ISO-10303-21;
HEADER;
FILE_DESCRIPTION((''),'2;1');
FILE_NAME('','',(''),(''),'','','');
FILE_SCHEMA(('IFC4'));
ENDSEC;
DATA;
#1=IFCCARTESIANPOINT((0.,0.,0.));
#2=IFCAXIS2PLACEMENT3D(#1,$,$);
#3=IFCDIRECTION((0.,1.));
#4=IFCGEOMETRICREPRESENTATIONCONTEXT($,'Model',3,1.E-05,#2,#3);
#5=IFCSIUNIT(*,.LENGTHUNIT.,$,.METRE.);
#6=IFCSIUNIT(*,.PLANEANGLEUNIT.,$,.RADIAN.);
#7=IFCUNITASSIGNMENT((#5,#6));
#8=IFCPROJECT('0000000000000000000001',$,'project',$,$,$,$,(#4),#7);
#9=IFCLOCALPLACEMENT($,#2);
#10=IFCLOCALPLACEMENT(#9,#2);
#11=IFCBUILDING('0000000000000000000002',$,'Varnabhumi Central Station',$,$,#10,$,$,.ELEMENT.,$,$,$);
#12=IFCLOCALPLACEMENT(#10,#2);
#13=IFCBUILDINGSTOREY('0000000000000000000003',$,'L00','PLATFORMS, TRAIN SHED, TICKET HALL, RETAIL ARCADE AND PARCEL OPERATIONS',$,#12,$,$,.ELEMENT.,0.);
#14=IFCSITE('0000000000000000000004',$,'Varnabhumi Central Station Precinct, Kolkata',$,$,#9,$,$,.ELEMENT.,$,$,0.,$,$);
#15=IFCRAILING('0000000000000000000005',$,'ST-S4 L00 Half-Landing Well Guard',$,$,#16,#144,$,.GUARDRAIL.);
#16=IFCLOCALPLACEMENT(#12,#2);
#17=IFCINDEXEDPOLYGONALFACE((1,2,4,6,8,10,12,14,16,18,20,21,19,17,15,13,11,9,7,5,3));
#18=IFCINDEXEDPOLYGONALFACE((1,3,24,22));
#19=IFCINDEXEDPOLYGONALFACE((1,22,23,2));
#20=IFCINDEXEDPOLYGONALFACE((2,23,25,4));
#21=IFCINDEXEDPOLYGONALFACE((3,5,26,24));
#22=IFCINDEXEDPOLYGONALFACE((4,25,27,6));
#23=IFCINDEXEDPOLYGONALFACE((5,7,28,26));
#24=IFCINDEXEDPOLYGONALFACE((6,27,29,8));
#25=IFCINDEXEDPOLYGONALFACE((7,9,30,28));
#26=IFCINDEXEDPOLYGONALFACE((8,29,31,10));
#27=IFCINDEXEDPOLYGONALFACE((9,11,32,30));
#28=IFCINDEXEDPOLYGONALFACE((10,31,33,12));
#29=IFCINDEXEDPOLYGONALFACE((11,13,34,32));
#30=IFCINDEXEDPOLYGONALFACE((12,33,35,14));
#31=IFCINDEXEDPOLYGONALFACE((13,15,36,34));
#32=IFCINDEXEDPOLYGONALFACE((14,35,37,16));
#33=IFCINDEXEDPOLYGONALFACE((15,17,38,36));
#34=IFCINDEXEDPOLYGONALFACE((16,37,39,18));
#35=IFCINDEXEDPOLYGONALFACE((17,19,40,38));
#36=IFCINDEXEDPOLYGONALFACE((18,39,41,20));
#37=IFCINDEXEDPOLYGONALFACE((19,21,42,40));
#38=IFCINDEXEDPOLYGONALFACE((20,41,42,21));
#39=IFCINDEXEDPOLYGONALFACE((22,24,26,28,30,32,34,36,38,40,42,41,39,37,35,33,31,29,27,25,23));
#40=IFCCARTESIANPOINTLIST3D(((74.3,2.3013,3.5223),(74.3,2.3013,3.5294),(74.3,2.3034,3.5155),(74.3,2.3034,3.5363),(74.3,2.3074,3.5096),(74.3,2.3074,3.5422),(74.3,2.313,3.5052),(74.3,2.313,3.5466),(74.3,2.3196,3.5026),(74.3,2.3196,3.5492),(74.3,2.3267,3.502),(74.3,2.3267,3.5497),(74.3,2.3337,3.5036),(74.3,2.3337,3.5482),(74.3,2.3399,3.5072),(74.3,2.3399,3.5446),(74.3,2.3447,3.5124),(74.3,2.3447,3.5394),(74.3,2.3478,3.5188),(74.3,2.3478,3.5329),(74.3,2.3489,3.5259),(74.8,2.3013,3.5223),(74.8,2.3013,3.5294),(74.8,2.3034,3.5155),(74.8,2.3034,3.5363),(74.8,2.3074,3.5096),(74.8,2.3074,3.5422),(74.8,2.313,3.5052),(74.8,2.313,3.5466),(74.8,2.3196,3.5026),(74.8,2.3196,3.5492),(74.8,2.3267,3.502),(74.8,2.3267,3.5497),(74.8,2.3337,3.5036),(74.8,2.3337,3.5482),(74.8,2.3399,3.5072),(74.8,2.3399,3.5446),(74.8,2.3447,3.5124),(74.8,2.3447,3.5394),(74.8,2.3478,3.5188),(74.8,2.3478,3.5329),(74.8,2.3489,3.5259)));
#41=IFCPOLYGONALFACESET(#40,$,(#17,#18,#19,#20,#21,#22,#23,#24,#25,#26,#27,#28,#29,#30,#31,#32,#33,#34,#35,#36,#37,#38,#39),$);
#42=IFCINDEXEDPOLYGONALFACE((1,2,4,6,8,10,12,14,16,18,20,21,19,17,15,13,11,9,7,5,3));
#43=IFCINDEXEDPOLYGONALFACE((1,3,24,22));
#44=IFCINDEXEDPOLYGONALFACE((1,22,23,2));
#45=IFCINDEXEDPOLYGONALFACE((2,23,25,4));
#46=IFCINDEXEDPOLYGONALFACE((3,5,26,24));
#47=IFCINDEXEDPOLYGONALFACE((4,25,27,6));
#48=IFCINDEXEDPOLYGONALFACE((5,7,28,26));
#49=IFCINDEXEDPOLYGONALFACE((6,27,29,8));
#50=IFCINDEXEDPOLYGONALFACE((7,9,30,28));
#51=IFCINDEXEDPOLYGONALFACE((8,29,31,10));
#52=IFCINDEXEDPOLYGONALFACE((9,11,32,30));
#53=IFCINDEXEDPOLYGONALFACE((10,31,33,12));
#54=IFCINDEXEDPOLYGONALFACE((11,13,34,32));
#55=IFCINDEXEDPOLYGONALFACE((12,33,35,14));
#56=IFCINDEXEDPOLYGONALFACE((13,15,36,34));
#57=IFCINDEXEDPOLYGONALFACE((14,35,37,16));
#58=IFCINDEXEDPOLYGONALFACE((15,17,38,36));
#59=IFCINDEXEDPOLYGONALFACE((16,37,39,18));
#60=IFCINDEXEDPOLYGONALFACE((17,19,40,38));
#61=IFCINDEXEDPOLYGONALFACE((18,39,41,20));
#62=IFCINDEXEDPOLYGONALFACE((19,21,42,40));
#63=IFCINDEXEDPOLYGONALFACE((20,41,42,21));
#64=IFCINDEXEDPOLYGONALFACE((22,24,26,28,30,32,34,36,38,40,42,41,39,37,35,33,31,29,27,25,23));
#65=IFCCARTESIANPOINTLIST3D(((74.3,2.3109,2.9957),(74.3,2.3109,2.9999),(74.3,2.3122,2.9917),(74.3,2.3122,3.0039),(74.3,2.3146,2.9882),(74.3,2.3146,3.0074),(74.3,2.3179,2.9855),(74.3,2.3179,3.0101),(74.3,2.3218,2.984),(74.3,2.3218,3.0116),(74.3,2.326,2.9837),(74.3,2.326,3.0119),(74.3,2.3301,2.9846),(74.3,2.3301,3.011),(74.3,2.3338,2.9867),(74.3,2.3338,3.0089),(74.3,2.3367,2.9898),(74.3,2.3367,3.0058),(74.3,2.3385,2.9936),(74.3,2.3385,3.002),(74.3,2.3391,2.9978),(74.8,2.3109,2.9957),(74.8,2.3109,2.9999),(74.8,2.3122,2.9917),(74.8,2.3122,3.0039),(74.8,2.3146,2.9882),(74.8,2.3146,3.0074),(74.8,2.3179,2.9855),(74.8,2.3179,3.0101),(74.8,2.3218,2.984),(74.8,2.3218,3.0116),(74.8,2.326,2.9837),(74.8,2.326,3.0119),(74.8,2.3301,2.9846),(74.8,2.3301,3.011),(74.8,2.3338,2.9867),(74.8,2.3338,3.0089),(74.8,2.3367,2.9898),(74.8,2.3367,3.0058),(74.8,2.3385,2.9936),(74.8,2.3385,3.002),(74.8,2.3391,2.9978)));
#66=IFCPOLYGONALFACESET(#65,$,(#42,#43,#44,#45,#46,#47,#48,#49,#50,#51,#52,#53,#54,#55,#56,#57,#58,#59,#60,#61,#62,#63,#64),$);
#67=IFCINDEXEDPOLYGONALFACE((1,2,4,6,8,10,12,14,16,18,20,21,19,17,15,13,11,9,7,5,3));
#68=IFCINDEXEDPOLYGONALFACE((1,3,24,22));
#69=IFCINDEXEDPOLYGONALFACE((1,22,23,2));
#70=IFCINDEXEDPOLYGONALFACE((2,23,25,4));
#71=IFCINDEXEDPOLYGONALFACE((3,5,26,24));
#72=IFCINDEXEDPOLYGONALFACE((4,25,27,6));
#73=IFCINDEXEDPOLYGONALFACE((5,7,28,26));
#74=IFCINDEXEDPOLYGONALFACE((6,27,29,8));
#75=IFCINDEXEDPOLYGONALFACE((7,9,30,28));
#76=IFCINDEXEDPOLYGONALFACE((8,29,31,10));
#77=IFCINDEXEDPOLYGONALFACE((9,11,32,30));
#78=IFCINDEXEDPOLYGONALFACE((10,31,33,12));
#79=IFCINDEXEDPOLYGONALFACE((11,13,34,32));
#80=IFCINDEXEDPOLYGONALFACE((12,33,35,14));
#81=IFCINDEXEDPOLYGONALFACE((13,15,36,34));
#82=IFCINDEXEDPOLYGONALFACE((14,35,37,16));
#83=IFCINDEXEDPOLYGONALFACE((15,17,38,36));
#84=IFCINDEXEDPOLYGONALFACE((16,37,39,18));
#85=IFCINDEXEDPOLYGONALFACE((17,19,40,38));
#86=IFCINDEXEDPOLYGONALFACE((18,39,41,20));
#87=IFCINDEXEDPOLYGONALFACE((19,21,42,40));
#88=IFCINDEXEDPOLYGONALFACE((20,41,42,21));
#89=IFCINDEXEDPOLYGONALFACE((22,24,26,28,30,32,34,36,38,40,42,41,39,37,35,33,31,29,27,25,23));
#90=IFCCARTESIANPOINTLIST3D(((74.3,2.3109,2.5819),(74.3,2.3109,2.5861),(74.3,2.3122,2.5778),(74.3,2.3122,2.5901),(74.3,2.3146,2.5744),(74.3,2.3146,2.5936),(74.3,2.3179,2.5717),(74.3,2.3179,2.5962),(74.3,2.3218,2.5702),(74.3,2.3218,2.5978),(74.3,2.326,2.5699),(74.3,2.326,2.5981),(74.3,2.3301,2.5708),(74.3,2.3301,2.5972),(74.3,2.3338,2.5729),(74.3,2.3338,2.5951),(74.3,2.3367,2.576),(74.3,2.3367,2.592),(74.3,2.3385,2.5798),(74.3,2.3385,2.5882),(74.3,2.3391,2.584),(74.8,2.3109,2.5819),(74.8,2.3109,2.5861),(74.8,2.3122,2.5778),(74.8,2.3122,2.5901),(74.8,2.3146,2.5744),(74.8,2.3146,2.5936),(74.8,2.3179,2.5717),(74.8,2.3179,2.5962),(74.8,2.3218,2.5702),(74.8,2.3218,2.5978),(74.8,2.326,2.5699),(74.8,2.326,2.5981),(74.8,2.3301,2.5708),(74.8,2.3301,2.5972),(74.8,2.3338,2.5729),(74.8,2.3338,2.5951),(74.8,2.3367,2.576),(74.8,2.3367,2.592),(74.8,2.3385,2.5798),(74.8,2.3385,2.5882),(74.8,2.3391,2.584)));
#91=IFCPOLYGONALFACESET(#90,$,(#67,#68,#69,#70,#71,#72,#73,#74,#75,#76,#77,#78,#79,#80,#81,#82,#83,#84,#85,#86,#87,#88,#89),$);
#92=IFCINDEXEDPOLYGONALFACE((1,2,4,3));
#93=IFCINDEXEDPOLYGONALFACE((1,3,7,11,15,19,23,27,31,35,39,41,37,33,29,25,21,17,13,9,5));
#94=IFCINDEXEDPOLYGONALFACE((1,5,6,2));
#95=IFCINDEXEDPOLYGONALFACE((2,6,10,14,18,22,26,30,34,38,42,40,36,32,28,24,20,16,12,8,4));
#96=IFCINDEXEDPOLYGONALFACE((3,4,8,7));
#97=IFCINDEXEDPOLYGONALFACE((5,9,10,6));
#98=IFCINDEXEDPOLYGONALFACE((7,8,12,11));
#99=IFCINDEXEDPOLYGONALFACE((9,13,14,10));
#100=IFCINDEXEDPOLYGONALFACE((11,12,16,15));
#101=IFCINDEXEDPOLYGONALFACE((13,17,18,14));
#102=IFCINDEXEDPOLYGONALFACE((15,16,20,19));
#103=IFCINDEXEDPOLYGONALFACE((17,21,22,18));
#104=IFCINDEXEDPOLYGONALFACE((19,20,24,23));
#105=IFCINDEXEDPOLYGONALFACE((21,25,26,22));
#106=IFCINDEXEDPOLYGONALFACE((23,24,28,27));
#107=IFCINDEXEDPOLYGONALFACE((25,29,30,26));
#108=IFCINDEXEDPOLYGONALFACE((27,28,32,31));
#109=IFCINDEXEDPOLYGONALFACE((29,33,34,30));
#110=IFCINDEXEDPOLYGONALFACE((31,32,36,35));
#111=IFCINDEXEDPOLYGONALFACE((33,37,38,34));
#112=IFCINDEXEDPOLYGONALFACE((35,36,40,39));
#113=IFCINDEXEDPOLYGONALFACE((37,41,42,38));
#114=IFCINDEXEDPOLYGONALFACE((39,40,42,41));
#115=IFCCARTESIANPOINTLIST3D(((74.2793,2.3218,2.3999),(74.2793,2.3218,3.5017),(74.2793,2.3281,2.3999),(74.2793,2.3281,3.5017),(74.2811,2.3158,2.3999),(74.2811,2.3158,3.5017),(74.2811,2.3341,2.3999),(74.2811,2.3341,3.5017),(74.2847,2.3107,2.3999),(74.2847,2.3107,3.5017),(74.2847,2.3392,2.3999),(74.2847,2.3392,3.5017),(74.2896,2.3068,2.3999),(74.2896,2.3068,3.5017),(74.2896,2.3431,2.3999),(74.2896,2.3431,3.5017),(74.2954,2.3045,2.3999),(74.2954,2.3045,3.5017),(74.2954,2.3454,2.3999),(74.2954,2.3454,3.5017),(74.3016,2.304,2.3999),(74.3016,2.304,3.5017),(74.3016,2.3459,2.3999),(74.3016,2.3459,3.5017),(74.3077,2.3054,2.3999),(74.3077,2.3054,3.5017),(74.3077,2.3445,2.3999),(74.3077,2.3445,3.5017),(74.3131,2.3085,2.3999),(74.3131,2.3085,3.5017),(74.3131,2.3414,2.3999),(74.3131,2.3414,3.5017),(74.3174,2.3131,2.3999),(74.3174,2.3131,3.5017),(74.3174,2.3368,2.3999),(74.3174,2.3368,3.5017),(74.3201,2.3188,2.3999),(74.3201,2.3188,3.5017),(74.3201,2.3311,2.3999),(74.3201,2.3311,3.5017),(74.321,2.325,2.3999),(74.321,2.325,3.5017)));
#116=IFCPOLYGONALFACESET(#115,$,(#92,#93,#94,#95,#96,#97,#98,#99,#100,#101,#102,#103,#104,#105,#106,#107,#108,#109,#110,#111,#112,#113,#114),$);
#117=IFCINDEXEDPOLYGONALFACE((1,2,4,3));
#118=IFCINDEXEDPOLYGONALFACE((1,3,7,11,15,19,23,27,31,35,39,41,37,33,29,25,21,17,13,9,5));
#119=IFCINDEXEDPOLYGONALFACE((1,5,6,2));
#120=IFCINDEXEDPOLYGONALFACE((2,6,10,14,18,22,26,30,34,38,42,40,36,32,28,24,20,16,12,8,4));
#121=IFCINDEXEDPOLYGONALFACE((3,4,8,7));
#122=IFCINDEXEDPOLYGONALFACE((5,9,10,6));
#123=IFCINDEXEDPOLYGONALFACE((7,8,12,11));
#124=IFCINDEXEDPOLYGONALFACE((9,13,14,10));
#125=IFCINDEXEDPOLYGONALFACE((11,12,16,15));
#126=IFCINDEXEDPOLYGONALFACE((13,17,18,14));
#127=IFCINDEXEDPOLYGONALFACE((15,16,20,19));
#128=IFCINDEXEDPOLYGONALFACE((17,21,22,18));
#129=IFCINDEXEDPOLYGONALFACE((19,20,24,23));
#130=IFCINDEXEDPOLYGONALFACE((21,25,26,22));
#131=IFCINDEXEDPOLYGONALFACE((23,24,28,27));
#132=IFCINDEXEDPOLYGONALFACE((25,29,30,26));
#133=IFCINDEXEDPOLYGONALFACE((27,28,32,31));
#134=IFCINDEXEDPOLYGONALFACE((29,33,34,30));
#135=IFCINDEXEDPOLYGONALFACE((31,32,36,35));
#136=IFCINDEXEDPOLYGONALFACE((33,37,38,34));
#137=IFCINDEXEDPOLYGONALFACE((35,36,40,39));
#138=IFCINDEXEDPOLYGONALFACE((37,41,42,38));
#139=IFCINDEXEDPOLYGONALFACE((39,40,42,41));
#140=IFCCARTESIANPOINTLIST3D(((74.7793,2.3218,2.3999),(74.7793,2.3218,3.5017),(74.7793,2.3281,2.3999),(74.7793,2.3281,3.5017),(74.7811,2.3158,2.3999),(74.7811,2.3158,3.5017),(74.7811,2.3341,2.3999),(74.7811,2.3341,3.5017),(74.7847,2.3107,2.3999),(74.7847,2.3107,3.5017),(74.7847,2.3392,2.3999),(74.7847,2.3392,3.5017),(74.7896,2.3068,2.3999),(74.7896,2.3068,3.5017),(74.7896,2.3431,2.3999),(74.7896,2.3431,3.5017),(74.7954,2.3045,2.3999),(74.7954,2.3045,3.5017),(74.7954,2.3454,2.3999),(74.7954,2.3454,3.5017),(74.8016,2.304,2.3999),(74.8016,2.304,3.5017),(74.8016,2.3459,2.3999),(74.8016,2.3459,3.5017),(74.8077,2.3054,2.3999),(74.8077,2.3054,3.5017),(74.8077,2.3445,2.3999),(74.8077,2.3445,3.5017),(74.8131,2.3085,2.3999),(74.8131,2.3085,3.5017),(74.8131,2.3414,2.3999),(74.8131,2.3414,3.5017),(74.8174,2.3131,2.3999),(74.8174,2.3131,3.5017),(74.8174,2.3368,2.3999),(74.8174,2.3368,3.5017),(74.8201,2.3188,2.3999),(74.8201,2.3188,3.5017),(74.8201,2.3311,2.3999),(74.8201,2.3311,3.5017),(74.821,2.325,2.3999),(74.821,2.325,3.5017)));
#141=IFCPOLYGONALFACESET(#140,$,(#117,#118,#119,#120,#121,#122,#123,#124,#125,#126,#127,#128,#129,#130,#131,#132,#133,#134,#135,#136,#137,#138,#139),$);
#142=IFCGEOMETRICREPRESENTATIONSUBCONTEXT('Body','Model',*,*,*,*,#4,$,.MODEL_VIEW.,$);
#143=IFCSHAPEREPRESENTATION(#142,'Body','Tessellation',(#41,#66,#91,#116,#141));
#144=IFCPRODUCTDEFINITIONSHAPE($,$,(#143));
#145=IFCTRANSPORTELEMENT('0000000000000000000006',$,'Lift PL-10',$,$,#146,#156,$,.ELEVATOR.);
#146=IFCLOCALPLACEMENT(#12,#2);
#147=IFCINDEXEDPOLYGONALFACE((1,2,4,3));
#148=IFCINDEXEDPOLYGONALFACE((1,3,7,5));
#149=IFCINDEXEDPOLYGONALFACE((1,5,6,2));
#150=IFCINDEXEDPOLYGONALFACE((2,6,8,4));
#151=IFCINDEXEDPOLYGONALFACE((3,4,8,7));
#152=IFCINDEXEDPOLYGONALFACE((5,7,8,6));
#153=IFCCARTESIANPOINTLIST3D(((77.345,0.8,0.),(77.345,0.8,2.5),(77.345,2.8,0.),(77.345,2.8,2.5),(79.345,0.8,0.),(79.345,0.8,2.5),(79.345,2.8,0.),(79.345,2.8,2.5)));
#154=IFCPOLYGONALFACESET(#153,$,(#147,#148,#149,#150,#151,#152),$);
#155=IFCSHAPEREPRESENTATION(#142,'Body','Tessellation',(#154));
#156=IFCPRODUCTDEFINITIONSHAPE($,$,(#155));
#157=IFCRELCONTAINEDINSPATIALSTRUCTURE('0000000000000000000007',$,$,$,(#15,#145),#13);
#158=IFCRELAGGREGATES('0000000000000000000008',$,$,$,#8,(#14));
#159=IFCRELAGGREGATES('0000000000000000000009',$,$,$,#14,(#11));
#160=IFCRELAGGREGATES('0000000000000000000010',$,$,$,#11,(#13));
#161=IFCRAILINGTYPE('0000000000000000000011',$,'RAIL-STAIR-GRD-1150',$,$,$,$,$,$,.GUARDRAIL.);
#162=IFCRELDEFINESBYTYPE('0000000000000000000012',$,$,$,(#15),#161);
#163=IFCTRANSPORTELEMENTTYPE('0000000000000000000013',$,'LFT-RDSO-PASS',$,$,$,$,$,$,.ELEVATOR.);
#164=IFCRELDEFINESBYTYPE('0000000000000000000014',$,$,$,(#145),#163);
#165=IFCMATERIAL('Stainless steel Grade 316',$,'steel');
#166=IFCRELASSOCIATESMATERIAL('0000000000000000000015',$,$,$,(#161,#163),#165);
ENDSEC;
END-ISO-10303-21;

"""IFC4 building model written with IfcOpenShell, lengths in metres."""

from ifc_helpers import new_model, si_unit, direction, frame, origin, origin_2d, place, context, subcontext, project, spatial, rectangle, circle, extrude, material, type_object, element, save


model = new_model("IFC4")

# Units and contexts
model_context = context("Model", 3, precision=1e-05, world=origin(), true_north=direction((0.0, 1.0)))
body_context = subcontext(model_context, "Body", "Model", "MODEL_VIEW")
ifc_project = project(units=[si_unit("LENGTHUNIT", "METRE"), si_unit("PLANEANGLEUNIT", "RADIAN")], contexts=[model_context])

# Site, building, storey
site_placement = place(None, origin())
site = spatial("IfcSite", under=ifc_project, at=site_placement, Name="Varnabhumi Central Station Precinct, Kolkata", CompositionType="ELEMENT", RefElevation=0.0)
building_placement = place(site_placement, origin())
building = spatial("IfcBuilding", under=site, at=building_placement, Name="Varnabhumi Central Station", CompositionType="ELEMENT")
storey_placement = place(building_placement, origin())
storey = spatial("IfcBuildingStorey", under=building, at=storey_placement, Name="L00", Description="PLATFORMS, TRAIN SHED, TICKET HALL, RETAIL ARCADE AND PARCEL OPERATIONS", CompositionType="ELEMENT", Elevation=0.0)

# Shared definitions
ifc_material_1 = material(Name="Stainless steel Grade 316", Category="steel")

# Railing
railing_type_1 = type_object("IfcRailingType", Name="RAIL-STAIR-GRD-1150", PredefinedType="GUARDRAIL", material=ifc_material_1)
railing_1_placement = place(storey_placement, frame((74.3, 2.325, 2.3999)))
element("IfcRailing", 1, at=railing_1_placement, inside=storey, type_object=railing_type_1, Name="ST-S4 L00 Half-Landing Well Guard", PredefinedType="GUARDRAIL", context=body_context, shape_type="SweptSolid", body=[
    extrude(circle(Radius=0.0239, at=origin_2d()), frame((0.0, 0.0, 1.126), z_axis=(1.0, 0.0, 0.0), x_axis=(0.0, 1.0, 0.0)), (0.0, 0.0, 1.0), 0.5),
    extrude(circle(Radius=0.0142, at=origin_2d()), frame((0.0, 0.0, 0.5979), z_axis=(1.0, 0.0, 0.0), x_axis=(0.0, 1.0, 0.0)), (0.0, 0.0, 1.0), 0.5),
    extrude(circle(Radius=0.0142, at=origin_2d()), frame((0.0, 0.0, 0.1841), z_axis=(1.0, 0.0, 0.0), x_axis=(0.0, 1.0, 0.0)), (0.0, 0.0, 1.0), 0.5),
    extrude(circle(Radius=0.021, at=origin_2d()), origin(), (0.0, 0.0, 1.0), 1.1018),
    extrude(circle(Radius=0.021, at=origin_2d()), frame((0.5, 0.0, 0.0)), (0.0, 0.0, 1.0), 1.1018),
])

# Transport element
transport_element_type = type_object("IfcTransportElementType", Name="LFT-RDSO-PASS", PredefinedType="ELEVATOR", material=ifc_material_1)
transport_element_placement = place(storey_placement, frame((78.345, 1.8, 0.0), z_axis=(0.0, 0.0, 1.0), x_axis=(1.0, 0.0, 0.0)))
element("IfcTransportElement", 2, at=transport_element_placement, inside=storey, type_object=transport_element_type, Name="Lift PL-10", PredefinedType="ELEVATOR", context=body_context, shape_type="SweptSolid", body=[
    extrude(rectangle(XDim=2.0, YDim=2.0, at=origin_2d()), origin(), (0.0, 0.0, 1.0), 2.5),
])

save(model, "model.ifc")
